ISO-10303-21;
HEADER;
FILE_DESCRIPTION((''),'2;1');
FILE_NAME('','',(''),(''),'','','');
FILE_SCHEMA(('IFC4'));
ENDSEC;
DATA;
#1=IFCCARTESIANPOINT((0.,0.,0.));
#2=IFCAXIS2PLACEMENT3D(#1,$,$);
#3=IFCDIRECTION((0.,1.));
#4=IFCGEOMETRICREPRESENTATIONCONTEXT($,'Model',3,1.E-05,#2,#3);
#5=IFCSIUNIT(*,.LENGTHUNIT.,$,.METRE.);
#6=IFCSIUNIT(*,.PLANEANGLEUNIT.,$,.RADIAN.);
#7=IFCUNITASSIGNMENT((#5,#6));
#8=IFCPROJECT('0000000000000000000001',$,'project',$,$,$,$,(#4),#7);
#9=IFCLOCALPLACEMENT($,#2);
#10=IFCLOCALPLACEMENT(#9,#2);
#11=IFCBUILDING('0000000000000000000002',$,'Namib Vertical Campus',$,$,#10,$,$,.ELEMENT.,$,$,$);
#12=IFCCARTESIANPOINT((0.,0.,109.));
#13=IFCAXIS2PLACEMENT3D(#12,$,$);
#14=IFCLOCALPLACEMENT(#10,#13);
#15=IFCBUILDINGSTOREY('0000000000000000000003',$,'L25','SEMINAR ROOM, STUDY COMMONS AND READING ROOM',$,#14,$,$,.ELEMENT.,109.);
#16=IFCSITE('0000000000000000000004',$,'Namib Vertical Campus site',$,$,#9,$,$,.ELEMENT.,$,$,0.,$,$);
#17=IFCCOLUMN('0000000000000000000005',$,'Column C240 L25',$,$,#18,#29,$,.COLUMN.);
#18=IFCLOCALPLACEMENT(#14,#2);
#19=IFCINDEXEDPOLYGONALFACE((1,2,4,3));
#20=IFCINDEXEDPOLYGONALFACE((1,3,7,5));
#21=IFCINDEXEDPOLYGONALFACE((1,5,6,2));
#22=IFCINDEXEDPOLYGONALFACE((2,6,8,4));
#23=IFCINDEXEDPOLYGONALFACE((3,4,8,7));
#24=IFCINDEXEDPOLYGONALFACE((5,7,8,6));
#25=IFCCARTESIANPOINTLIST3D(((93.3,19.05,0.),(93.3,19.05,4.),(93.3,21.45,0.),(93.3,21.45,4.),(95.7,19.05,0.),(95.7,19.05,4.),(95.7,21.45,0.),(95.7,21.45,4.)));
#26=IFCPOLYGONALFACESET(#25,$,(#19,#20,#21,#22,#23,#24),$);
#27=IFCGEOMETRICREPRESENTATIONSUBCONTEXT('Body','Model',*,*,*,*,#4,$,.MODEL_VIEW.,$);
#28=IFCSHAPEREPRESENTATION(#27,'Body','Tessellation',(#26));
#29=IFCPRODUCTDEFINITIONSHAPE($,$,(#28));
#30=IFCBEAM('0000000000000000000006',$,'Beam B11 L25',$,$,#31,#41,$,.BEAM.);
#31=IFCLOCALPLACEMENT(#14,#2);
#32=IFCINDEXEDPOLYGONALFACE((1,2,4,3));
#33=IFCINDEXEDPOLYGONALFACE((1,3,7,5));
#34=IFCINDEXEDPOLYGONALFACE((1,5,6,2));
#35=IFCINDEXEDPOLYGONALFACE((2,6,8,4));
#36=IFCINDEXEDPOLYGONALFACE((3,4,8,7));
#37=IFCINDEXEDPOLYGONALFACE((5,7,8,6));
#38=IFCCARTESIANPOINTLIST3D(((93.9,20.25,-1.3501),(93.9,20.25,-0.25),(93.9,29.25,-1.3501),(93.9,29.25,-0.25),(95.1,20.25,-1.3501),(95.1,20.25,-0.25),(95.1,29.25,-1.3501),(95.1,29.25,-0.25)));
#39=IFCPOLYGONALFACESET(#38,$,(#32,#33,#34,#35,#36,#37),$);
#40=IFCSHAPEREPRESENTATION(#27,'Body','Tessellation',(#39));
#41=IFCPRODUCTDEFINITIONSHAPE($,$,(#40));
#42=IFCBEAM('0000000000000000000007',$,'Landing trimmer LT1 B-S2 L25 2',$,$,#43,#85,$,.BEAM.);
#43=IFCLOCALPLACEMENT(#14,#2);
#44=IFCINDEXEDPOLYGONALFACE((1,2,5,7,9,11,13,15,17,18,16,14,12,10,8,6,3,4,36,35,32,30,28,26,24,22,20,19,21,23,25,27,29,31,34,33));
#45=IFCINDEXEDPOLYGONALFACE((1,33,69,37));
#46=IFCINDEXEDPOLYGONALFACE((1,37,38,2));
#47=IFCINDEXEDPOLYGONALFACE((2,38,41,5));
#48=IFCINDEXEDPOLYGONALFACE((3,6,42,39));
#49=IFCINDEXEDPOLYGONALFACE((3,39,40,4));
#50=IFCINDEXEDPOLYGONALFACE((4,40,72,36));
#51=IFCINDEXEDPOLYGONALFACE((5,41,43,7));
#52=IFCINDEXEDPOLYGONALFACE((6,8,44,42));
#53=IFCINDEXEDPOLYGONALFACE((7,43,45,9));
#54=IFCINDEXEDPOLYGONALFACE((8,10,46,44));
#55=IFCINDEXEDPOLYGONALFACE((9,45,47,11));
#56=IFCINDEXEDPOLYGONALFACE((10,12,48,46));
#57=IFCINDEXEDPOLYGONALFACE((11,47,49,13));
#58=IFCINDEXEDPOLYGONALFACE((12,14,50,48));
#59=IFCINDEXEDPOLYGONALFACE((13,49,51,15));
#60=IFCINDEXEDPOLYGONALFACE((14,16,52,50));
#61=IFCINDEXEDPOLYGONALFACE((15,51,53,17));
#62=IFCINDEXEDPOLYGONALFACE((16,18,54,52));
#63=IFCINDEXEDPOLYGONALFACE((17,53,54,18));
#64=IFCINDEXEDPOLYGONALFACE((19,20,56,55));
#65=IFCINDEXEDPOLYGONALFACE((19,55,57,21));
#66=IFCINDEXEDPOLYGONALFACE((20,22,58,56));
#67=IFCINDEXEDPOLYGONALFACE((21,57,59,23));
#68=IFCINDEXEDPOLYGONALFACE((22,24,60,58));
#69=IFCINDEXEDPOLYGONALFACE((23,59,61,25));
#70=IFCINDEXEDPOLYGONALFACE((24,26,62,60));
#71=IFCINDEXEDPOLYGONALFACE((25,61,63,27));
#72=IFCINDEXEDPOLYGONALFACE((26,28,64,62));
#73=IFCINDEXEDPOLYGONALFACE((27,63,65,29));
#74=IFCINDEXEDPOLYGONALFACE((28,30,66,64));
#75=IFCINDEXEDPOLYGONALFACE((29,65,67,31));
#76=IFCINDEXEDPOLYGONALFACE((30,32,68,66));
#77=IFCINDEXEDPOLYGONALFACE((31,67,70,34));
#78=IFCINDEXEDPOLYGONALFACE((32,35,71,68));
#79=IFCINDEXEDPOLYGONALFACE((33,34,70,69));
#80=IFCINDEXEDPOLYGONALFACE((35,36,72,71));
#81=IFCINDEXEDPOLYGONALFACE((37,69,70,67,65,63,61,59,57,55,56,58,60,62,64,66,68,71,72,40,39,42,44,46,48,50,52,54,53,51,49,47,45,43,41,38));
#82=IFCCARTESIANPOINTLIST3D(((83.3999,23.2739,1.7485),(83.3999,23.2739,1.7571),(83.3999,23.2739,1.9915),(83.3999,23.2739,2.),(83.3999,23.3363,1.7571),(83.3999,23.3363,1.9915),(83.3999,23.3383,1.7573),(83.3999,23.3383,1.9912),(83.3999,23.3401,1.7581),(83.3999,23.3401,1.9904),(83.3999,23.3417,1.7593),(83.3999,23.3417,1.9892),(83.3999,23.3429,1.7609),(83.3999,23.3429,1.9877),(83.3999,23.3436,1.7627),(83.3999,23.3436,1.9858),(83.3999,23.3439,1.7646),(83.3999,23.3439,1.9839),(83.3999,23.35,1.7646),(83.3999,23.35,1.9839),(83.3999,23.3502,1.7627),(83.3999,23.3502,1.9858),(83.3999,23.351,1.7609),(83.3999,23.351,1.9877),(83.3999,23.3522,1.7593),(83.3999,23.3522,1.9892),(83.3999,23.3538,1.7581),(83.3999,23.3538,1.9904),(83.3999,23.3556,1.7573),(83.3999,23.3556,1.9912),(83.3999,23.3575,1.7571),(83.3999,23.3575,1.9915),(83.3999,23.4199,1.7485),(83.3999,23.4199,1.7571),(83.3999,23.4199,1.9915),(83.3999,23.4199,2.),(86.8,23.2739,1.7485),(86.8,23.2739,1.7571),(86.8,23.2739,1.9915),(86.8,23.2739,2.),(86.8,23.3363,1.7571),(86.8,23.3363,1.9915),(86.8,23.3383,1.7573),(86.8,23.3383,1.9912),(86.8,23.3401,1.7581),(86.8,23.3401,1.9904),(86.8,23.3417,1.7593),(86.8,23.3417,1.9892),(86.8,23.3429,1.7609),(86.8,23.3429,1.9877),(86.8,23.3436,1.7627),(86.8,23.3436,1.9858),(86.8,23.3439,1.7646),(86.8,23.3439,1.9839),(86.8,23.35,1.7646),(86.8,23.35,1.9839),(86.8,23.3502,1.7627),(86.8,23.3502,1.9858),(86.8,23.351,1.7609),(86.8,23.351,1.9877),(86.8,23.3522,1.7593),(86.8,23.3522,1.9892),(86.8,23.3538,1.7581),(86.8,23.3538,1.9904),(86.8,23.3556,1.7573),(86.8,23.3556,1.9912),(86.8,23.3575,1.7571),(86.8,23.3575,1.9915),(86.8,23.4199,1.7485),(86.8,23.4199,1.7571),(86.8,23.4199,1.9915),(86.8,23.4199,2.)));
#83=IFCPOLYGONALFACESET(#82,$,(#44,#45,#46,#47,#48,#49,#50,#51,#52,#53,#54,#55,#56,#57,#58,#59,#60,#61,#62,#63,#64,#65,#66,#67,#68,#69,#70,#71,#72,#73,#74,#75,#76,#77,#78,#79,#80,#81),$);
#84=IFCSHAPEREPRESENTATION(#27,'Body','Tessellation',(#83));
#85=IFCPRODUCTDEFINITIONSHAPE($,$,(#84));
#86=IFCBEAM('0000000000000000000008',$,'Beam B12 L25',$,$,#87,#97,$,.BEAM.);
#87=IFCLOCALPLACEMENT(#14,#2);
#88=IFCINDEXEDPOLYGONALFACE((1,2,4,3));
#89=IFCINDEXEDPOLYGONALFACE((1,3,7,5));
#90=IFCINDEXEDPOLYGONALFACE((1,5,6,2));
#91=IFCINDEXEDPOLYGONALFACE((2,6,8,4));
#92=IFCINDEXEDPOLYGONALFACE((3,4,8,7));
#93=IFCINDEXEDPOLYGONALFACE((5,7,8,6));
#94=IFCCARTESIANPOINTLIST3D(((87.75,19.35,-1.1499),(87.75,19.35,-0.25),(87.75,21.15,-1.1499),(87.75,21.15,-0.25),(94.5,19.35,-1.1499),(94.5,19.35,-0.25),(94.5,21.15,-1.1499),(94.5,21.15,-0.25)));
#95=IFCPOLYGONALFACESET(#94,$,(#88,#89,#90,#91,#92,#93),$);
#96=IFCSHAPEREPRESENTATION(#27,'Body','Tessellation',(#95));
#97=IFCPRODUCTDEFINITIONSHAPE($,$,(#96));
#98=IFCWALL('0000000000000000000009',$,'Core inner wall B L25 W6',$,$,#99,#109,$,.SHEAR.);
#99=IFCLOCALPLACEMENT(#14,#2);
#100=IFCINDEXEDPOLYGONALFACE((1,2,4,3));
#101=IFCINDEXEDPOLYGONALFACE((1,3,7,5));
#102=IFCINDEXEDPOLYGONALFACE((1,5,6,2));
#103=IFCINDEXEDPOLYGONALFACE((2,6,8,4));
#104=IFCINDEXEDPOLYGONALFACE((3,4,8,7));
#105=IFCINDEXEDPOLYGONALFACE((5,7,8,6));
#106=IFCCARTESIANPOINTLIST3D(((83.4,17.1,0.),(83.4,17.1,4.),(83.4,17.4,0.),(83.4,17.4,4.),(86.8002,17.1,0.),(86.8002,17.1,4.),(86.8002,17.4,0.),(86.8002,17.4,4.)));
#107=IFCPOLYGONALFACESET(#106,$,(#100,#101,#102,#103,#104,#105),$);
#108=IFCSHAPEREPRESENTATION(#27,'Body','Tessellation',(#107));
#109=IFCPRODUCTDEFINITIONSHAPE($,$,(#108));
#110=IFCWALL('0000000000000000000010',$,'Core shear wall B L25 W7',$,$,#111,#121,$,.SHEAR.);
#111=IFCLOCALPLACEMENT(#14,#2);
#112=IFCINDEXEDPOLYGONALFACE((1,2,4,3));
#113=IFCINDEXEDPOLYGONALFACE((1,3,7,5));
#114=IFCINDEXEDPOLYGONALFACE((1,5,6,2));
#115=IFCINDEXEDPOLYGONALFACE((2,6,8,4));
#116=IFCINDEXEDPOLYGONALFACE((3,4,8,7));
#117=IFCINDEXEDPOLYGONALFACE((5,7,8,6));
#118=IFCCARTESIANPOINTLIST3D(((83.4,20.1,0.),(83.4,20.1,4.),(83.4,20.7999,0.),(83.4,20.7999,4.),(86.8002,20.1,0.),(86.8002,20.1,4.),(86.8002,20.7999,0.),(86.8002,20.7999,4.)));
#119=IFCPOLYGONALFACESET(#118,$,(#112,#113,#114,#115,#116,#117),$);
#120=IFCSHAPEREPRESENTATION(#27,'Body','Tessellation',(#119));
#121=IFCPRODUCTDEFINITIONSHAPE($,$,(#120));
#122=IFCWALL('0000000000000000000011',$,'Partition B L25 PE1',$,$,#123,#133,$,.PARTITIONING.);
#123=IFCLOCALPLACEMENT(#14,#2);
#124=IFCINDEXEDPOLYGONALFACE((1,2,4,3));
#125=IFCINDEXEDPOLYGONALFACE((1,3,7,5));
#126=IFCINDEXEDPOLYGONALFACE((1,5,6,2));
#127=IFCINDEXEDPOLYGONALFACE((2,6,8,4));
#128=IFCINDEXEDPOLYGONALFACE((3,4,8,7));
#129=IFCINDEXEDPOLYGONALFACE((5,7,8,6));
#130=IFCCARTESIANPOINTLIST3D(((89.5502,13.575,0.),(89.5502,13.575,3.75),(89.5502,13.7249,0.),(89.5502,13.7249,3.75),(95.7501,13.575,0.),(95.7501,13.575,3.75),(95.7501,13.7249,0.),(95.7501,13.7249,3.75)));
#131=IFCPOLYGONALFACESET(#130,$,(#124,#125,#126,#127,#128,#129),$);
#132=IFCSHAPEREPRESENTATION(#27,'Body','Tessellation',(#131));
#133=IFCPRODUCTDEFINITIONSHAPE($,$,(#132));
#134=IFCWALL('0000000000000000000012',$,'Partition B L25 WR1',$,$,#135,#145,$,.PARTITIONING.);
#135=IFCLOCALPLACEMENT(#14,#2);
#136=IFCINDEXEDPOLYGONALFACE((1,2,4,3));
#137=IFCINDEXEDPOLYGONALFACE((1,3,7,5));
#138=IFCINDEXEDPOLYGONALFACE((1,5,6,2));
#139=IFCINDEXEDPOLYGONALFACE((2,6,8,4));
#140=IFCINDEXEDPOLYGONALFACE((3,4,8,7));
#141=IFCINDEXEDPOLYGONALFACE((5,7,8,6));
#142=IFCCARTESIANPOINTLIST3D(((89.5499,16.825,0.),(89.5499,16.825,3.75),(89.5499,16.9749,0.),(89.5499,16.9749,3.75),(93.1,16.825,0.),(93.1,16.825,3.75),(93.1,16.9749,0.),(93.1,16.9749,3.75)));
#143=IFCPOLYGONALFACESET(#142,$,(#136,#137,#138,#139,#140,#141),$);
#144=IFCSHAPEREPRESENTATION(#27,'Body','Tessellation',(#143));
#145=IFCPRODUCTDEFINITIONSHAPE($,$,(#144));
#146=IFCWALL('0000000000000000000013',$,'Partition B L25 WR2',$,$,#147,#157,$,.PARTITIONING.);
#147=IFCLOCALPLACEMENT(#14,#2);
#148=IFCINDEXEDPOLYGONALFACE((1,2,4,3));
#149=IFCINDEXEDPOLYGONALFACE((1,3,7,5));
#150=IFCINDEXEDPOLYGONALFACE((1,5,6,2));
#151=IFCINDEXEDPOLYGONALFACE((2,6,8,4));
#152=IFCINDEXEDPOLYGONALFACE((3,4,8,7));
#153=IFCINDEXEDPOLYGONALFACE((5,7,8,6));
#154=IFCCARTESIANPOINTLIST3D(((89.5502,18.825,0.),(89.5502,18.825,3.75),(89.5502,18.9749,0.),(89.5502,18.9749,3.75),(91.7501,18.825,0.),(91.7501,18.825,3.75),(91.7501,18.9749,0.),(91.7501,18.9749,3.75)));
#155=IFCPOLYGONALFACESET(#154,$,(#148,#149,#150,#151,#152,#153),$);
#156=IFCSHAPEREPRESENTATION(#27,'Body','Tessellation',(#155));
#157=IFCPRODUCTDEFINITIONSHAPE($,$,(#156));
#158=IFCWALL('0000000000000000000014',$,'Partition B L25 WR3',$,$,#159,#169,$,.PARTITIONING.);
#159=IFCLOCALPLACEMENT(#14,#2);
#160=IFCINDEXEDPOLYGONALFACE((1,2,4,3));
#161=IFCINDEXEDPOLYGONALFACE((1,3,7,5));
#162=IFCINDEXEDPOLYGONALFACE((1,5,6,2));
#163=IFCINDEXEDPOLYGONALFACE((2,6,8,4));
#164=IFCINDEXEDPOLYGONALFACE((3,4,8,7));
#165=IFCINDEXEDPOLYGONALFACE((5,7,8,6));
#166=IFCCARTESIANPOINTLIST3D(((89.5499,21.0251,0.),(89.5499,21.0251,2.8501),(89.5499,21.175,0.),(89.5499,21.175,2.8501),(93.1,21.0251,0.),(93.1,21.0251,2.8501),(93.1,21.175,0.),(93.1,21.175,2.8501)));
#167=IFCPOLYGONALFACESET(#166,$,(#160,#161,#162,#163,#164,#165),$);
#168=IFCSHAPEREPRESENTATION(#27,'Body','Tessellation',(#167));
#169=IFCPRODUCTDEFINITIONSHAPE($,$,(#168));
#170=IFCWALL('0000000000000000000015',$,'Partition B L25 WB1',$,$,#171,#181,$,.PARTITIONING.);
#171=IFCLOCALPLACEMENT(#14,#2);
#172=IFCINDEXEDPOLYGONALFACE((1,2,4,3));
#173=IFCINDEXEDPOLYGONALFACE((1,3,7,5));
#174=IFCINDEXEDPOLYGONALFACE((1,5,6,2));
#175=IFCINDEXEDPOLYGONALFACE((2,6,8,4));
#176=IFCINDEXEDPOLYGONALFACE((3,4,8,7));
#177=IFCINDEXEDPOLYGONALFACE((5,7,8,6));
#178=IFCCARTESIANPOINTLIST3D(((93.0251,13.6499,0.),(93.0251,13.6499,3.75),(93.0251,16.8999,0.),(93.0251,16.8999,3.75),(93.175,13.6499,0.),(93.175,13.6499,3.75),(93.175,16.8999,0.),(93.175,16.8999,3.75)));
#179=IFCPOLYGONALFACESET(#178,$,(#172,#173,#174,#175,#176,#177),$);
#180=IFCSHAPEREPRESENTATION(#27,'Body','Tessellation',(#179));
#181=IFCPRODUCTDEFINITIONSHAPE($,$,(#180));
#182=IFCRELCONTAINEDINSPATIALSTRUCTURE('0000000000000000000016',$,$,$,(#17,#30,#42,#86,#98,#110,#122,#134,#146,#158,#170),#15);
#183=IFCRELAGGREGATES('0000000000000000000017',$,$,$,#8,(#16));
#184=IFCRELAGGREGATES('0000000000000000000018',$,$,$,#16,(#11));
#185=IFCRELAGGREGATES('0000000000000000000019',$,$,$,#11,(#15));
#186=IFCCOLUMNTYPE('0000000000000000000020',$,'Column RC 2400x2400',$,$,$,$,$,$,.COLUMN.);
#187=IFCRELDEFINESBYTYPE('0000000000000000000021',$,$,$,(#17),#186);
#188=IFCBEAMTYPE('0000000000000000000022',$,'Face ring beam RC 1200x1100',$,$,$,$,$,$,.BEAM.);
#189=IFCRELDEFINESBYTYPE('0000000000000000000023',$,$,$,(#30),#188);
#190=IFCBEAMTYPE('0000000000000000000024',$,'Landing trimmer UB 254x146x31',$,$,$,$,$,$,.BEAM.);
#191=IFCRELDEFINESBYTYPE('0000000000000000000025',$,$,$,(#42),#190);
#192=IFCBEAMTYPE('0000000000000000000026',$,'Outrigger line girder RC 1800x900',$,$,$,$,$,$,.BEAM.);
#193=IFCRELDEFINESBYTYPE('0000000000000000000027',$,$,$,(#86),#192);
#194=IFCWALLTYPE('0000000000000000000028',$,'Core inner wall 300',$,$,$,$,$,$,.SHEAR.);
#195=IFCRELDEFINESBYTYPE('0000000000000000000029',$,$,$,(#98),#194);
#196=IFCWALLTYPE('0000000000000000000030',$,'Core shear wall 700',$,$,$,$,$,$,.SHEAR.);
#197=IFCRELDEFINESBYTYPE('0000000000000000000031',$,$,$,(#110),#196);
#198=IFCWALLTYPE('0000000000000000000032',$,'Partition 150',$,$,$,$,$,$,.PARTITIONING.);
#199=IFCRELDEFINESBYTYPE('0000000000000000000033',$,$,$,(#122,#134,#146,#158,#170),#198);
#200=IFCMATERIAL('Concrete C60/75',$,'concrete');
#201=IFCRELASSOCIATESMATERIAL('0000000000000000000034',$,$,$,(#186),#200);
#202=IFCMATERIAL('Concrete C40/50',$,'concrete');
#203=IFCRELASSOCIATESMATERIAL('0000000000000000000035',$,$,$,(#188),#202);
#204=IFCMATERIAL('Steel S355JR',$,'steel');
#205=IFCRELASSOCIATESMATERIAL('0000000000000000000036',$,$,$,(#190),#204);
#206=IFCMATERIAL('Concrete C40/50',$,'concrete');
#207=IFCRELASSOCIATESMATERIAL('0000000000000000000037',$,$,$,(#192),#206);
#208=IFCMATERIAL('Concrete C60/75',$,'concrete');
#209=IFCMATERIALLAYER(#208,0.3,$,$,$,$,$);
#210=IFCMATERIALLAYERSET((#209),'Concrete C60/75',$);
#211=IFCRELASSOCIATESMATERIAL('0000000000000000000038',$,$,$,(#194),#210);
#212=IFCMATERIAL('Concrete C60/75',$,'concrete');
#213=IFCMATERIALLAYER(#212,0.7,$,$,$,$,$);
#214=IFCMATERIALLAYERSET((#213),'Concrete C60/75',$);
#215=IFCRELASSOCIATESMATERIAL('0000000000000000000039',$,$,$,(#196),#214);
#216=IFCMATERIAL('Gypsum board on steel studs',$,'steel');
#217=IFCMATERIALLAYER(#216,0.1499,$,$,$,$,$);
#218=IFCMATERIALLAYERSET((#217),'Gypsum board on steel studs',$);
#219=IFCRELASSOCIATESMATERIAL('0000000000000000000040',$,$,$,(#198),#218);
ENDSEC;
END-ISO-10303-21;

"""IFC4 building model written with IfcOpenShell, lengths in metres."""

from ifc_helpers import new_model, si_unit, direction, frame, frame_2d, origin, origin_2d, place, context, subcontext, project, spatial, rectangle, i_section, extrude, material, layer, layer_set, material_profile, profile_set, type_object, element, save


model = new_model("IFC4")

# Units and contexts
model_context = context("Model", 3, precision=1e-05, world=origin(), true_north=direction((0.0, 1.0)))
body_context = subcontext(model_context, "Body", "Model", "MODEL_VIEW")
ifc_project = project(units=[si_unit("LENGTHUNIT", "METRE"), si_unit("PLANEANGLEUNIT", "RADIAN")], contexts=[model_context])

# Site, building, storey
site_placement = place(None, origin())
site = spatial("IfcSite", under=ifc_project, at=site_placement, Name="Namib Vertical Campus site", CompositionType="ELEMENT", RefElevation=0.0)
building_placement = place(site_placement, origin())
building = spatial("IfcBuilding", under=site, at=building_placement, Name="Namib Vertical Campus", CompositionType="ELEMENT")
storey_placement = place(building_placement, frame((0.0, 0.0, 109.0)))
storey = spatial("IfcBuildingStorey", under=building, at=storey_placement, Name="L25", Description="SEMINAR ROOM, STUDY COMMONS AND READING ROOM", CompositionType="ELEMENT", Elevation=109.0)

# Column
ifc_material_1 = material(Name="Concrete C60/75", Category="concrete")
ifc_material_profile_1 = material_profile(ifc_material_1, rectangle(XDim=2.3999, YDim=2.3999, at=origin_2d()))
ifc_profile_set_1 = profile_set([ifc_material_profile_1], Name="Concrete C60/75")
column_type = type_object("IfcColumnType", Name="Column RC 2400x2400", PredefinedType="COLUMN", material=ifc_profile_set_1)
column_placement = place(storey_placement, frame((94.5, 20.25, 0.0), z_axis=(0.0, 0.0, 1.0), x_axis=(1.0, 0.0, 0.0)))
element("IfcColumn", 1, at=column_placement, inside=storey, type_object=column_type, Name="Column C240 L25", PredefinedType="COLUMN", context=body_context, shape_type="SweptSolid", body=[
    extrude(rectangle(XDim=2.3999, YDim=2.3999, at=origin_2d()), origin(), (0.0, 0.0, 1.0), 4.0),
])

# Beams
ifc_material_2 = material(Name="Concrete C40/50", Category="concrete")
ifc_material_profile_2 = material_profile(ifc_material_2, rectangle(XDim=1.2, YDim=1.1001, at=origin_2d()))
ifc_profile_set_2 = profile_set([ifc_material_profile_2], Name="Concrete C40/50")
beam_type_1 = type_object("IfcBeamType", Name="Face ring beam RC 1200x1100", PredefinedType="BEAM", material=ifc_profile_set_2)
beam_1_placement = place(storey_placement, frame((94.5, 20.25, -0.8), z_axis=(0.0, 1.0, 0.0), x_axis=(-1.0, 0.0, 0.0)))
element("IfcBeam", 2, at=beam_1_placement, inside=storey, type_object=beam_type_1, Name="Beam B11 L25", PredefinedType="BEAM", context=body_context, shape_type="SweptSolid", body=[
    extrude(rectangle(XDim=1.2, YDim=1.1001, at=origin_2d()), origin(), (0.0, 0.0, 1.0), 9.0),
])
ifc_material_3 = material(Name="Steel S355JR", Category="steel")
ifc_material_profile_3 = material_profile(ifc_material_3, i_section(OverallWidth=0.146, OverallDepth=0.2515, WebThickness=0.0061, FlangeThickness=0.0085, FilletRadius=0.0076, at=origin_2d()))
ifc_profile_set_3 = profile_set([ifc_material_profile_3], Name="Steel S355JR")
beam_type_2 = type_object("IfcBeamType", Name="Landing trimmer UB 254x146x31", PredefinedType="BEAM", material=ifc_profile_set_3)
beam_2_placement = place(storey_placement, frame((83.3999, 23.3469, 1.8743), z_axis=(1.0, 0.0, 0.0), x_axis=(0.0, 1.0, 0.0)))
element("IfcBeam", 3, at=beam_2_placement, inside=storey, type_object=beam_type_2, Name="Landing trimmer LT1 B-S2 L25 2", PredefinedType="BEAM", context=body_context, shape_type="SweptSolid", body=[
    extrude(i_section(OverallWidth=0.146, OverallDepth=0.2515, WebThickness=0.0061, FlangeThickness=0.0085, FilletRadius=0.0076, at=origin_2d()), origin(), (0.0, 0.0, 1.0), 3.4001),
])
ifc_material_4 = material(Name="Concrete C40/50", Category="concrete")
ifc_material_profile_4 = material_profile(ifc_material_4, rectangle(XDim=1.8, YDim=0.8999, at=origin_2d()))
ifc_profile_set_4 = profile_set([ifc_material_profile_4], Name="Concrete C40/50")
beam_type_3 = type_object("IfcBeamType", Name="Outrigger line girder RC 1800x900", PredefinedType="BEAM", material=ifc_profile_set_4)
beam_3_placement = place(storey_placement, frame((94.5, 20.25, -0.7), z_axis=(-1.0, 0.0, 0.0), x_axis=(0.0, -1.0, 0.0)))
element("IfcBeam", 4, at=beam_3_placement, inside=storey, type_object=beam_type_3, Name="Beam B12 L25", PredefinedType="BEAM", context=body_context, shape_type="SweptSolid", body=[
    extrude(rectangle(XDim=1.8, YDim=0.8999, at=origin_2d()), origin(), (0.0, 0.0, 1.0), 6.75),
])

# Walls
ifc_material_5 = material(Name="Concrete C60/75", Category="concrete")
ifc_layer_1 = layer(ifc_material_5, 0.3)
ifc_layer_set_1 = layer_set([ifc_layer_1], Name="Concrete C60/75")
wall_type_1 = type_object("IfcWallType", Name="Core inner wall 300", PredefinedType="SHEAR", material=ifc_layer_set_1)
wall_1_placement = place(storey_placement, frame((83.3999, 17.25, 0.0), z_axis=(0.0, 0.0, 1.0), x_axis=(1.0, 0.0, 0.0)))
element("IfcWall", 5, at=wall_1_placement, inside=storey, type_object=wall_type_1, Name="Core inner wall B L25 W6", PredefinedType="SHEAR", context=body_context, shape_type="SweptSolid", body=[
    extrude(rectangle(XDim=3.4001, YDim=0.3, at=frame_2d((1.7002, 0.0))), origin(), (0.0, 0.0, 1.0), 4.0),
])
ifc_material_6 = material(Name="Concrete C60/75", Category="concrete")
ifc_layer_2 = layer(ifc_material_6, 0.7)
ifc_layer_set_2 = layer_set([ifc_layer_2], Name="Concrete C60/75")
wall_type_2 = type_object("IfcWallType", Name="Core shear wall 700", PredefinedType="SHEAR", material=ifc_layer_set_2)
wall_2_placement = place(storey_placement, frame((83.3999, 20.45, 0.0), z_axis=(0.0, 0.0, 1.0), x_axis=(1.0, 0.0, 0.0)))
element("IfcWall", 6, at=wall_2_placement, inside=storey, type_object=wall_type_2, Name="Core shear wall B L25 W7", PredefinedType="SHEAR", context=body_context, shape_type="SweptSolid", body=[
    extrude(rectangle(XDim=3.4001, YDim=0.7, at=frame_2d((1.7002, 0.0))), origin(), (0.0, 0.0, 1.0), 4.0),
])
ifc_material_7 = material(Name="Gypsum board on steel studs", Category="steel")
ifc_layer_3 = layer(ifc_material_7, 0.1499)
ifc_layer_set_3 = layer_set([ifc_layer_3], Name="Gypsum board on steel studs")
wall_type_3 = type_object("IfcWallType", Name="Partition 150", PredefinedType="PARTITIONING", material=ifc_layer_set_3)
wall_3_placement = place(storey_placement, frame((89.55, 13.6499, 0.0), z_axis=(0.0, 0.0, 1.0), x_axis=(1.0, 0.0, 0.0)))
element("IfcWall", 7, at=wall_3_placement, inside=storey, type_object=wall_type_3, Name="Partition B L25 PE1", PredefinedType="PARTITIONING", context=body_context, shape_type="SweptSolid", body=[
    extrude(rectangle(XDim=6.2, YDim=0.1499, at=frame_2d((3.1001, 0.0))), origin(), (0.0, 0.0, 1.0), 3.75),
])
wall_4_placement = place(storey_placement, frame((89.55, 16.8999, 0.0), z_axis=(0.0, 0.0, 1.0), x_axis=(1.0, 0.0, 0.0)))
element("IfcWall", 8, at=wall_4_placement, inside=storey, type_object=wall_type_3, Name="Partition B L25 WR1", PredefinedType="PARTITIONING", context=body_context, shape_type="SweptSolid", body=[
    extrude(rectangle(XDim=3.55, YDim=0.1499, at=frame_2d((1.7749, 0.0))), origin(), (0.0, 0.0, 1.0), 3.75),
])
wall_5_placement = place(storey_placement, frame((89.55, 18.8999, 0.0), z_axis=(0.0, 0.0, 1.0), x_axis=(1.0, 0.0, 0.0)))
element("IfcWall", 9, at=wall_5_placement, inside=storey, type_object=wall_type_3, Name="Partition B L25 WR2", PredefinedType="PARTITIONING", context=body_context, shape_type="SweptSolid", body=[
    extrude(rectangle(XDim=2.2, YDim=0.1499, at=frame_2d((1.1001, 0.0))), origin(), (0.0, 0.0, 1.0), 3.75),
])
wall_6_placement = place(storey_placement, frame((89.55, 21.1001, 0.0), z_axis=(0.0, 0.0, 1.0), x_axis=(1.0, 0.0, 0.0)))
element("IfcWall", 10, at=wall_6_placement, inside=storey, type_object=wall_type_3, Name="Partition B L25 WR3", PredefinedType="PARTITIONING", context=body_context, shape_type="SweptSolid", body=[
    extrude(rectangle(XDim=3.55, YDim=0.1499, at=frame_2d((1.7749, 0.0))), origin(), (0.0, 0.0, 1.0), 2.8501),
])
wall_7_placement = place(storey_placement, frame((93.1001, 13.6499, 0.0), z_axis=(0.0, 0.0, 1.0), x_axis=(0.0, 1.0, 0.0)))
element("IfcWall", 11, at=wall_7_placement, inside=storey, type_object=wall_type_3, Name="Partition B L25 WB1", PredefinedType="PARTITIONING", context=body_context, shape_type="SweptSolid", body=[
    extrude(rectangle(XDim=3.25, YDim=0.1499, at=frame_2d((1.625, 0.0))), origin(), (0.0, 0.0, 1.0), 3.75),
])

save(model, "model.ifc")
